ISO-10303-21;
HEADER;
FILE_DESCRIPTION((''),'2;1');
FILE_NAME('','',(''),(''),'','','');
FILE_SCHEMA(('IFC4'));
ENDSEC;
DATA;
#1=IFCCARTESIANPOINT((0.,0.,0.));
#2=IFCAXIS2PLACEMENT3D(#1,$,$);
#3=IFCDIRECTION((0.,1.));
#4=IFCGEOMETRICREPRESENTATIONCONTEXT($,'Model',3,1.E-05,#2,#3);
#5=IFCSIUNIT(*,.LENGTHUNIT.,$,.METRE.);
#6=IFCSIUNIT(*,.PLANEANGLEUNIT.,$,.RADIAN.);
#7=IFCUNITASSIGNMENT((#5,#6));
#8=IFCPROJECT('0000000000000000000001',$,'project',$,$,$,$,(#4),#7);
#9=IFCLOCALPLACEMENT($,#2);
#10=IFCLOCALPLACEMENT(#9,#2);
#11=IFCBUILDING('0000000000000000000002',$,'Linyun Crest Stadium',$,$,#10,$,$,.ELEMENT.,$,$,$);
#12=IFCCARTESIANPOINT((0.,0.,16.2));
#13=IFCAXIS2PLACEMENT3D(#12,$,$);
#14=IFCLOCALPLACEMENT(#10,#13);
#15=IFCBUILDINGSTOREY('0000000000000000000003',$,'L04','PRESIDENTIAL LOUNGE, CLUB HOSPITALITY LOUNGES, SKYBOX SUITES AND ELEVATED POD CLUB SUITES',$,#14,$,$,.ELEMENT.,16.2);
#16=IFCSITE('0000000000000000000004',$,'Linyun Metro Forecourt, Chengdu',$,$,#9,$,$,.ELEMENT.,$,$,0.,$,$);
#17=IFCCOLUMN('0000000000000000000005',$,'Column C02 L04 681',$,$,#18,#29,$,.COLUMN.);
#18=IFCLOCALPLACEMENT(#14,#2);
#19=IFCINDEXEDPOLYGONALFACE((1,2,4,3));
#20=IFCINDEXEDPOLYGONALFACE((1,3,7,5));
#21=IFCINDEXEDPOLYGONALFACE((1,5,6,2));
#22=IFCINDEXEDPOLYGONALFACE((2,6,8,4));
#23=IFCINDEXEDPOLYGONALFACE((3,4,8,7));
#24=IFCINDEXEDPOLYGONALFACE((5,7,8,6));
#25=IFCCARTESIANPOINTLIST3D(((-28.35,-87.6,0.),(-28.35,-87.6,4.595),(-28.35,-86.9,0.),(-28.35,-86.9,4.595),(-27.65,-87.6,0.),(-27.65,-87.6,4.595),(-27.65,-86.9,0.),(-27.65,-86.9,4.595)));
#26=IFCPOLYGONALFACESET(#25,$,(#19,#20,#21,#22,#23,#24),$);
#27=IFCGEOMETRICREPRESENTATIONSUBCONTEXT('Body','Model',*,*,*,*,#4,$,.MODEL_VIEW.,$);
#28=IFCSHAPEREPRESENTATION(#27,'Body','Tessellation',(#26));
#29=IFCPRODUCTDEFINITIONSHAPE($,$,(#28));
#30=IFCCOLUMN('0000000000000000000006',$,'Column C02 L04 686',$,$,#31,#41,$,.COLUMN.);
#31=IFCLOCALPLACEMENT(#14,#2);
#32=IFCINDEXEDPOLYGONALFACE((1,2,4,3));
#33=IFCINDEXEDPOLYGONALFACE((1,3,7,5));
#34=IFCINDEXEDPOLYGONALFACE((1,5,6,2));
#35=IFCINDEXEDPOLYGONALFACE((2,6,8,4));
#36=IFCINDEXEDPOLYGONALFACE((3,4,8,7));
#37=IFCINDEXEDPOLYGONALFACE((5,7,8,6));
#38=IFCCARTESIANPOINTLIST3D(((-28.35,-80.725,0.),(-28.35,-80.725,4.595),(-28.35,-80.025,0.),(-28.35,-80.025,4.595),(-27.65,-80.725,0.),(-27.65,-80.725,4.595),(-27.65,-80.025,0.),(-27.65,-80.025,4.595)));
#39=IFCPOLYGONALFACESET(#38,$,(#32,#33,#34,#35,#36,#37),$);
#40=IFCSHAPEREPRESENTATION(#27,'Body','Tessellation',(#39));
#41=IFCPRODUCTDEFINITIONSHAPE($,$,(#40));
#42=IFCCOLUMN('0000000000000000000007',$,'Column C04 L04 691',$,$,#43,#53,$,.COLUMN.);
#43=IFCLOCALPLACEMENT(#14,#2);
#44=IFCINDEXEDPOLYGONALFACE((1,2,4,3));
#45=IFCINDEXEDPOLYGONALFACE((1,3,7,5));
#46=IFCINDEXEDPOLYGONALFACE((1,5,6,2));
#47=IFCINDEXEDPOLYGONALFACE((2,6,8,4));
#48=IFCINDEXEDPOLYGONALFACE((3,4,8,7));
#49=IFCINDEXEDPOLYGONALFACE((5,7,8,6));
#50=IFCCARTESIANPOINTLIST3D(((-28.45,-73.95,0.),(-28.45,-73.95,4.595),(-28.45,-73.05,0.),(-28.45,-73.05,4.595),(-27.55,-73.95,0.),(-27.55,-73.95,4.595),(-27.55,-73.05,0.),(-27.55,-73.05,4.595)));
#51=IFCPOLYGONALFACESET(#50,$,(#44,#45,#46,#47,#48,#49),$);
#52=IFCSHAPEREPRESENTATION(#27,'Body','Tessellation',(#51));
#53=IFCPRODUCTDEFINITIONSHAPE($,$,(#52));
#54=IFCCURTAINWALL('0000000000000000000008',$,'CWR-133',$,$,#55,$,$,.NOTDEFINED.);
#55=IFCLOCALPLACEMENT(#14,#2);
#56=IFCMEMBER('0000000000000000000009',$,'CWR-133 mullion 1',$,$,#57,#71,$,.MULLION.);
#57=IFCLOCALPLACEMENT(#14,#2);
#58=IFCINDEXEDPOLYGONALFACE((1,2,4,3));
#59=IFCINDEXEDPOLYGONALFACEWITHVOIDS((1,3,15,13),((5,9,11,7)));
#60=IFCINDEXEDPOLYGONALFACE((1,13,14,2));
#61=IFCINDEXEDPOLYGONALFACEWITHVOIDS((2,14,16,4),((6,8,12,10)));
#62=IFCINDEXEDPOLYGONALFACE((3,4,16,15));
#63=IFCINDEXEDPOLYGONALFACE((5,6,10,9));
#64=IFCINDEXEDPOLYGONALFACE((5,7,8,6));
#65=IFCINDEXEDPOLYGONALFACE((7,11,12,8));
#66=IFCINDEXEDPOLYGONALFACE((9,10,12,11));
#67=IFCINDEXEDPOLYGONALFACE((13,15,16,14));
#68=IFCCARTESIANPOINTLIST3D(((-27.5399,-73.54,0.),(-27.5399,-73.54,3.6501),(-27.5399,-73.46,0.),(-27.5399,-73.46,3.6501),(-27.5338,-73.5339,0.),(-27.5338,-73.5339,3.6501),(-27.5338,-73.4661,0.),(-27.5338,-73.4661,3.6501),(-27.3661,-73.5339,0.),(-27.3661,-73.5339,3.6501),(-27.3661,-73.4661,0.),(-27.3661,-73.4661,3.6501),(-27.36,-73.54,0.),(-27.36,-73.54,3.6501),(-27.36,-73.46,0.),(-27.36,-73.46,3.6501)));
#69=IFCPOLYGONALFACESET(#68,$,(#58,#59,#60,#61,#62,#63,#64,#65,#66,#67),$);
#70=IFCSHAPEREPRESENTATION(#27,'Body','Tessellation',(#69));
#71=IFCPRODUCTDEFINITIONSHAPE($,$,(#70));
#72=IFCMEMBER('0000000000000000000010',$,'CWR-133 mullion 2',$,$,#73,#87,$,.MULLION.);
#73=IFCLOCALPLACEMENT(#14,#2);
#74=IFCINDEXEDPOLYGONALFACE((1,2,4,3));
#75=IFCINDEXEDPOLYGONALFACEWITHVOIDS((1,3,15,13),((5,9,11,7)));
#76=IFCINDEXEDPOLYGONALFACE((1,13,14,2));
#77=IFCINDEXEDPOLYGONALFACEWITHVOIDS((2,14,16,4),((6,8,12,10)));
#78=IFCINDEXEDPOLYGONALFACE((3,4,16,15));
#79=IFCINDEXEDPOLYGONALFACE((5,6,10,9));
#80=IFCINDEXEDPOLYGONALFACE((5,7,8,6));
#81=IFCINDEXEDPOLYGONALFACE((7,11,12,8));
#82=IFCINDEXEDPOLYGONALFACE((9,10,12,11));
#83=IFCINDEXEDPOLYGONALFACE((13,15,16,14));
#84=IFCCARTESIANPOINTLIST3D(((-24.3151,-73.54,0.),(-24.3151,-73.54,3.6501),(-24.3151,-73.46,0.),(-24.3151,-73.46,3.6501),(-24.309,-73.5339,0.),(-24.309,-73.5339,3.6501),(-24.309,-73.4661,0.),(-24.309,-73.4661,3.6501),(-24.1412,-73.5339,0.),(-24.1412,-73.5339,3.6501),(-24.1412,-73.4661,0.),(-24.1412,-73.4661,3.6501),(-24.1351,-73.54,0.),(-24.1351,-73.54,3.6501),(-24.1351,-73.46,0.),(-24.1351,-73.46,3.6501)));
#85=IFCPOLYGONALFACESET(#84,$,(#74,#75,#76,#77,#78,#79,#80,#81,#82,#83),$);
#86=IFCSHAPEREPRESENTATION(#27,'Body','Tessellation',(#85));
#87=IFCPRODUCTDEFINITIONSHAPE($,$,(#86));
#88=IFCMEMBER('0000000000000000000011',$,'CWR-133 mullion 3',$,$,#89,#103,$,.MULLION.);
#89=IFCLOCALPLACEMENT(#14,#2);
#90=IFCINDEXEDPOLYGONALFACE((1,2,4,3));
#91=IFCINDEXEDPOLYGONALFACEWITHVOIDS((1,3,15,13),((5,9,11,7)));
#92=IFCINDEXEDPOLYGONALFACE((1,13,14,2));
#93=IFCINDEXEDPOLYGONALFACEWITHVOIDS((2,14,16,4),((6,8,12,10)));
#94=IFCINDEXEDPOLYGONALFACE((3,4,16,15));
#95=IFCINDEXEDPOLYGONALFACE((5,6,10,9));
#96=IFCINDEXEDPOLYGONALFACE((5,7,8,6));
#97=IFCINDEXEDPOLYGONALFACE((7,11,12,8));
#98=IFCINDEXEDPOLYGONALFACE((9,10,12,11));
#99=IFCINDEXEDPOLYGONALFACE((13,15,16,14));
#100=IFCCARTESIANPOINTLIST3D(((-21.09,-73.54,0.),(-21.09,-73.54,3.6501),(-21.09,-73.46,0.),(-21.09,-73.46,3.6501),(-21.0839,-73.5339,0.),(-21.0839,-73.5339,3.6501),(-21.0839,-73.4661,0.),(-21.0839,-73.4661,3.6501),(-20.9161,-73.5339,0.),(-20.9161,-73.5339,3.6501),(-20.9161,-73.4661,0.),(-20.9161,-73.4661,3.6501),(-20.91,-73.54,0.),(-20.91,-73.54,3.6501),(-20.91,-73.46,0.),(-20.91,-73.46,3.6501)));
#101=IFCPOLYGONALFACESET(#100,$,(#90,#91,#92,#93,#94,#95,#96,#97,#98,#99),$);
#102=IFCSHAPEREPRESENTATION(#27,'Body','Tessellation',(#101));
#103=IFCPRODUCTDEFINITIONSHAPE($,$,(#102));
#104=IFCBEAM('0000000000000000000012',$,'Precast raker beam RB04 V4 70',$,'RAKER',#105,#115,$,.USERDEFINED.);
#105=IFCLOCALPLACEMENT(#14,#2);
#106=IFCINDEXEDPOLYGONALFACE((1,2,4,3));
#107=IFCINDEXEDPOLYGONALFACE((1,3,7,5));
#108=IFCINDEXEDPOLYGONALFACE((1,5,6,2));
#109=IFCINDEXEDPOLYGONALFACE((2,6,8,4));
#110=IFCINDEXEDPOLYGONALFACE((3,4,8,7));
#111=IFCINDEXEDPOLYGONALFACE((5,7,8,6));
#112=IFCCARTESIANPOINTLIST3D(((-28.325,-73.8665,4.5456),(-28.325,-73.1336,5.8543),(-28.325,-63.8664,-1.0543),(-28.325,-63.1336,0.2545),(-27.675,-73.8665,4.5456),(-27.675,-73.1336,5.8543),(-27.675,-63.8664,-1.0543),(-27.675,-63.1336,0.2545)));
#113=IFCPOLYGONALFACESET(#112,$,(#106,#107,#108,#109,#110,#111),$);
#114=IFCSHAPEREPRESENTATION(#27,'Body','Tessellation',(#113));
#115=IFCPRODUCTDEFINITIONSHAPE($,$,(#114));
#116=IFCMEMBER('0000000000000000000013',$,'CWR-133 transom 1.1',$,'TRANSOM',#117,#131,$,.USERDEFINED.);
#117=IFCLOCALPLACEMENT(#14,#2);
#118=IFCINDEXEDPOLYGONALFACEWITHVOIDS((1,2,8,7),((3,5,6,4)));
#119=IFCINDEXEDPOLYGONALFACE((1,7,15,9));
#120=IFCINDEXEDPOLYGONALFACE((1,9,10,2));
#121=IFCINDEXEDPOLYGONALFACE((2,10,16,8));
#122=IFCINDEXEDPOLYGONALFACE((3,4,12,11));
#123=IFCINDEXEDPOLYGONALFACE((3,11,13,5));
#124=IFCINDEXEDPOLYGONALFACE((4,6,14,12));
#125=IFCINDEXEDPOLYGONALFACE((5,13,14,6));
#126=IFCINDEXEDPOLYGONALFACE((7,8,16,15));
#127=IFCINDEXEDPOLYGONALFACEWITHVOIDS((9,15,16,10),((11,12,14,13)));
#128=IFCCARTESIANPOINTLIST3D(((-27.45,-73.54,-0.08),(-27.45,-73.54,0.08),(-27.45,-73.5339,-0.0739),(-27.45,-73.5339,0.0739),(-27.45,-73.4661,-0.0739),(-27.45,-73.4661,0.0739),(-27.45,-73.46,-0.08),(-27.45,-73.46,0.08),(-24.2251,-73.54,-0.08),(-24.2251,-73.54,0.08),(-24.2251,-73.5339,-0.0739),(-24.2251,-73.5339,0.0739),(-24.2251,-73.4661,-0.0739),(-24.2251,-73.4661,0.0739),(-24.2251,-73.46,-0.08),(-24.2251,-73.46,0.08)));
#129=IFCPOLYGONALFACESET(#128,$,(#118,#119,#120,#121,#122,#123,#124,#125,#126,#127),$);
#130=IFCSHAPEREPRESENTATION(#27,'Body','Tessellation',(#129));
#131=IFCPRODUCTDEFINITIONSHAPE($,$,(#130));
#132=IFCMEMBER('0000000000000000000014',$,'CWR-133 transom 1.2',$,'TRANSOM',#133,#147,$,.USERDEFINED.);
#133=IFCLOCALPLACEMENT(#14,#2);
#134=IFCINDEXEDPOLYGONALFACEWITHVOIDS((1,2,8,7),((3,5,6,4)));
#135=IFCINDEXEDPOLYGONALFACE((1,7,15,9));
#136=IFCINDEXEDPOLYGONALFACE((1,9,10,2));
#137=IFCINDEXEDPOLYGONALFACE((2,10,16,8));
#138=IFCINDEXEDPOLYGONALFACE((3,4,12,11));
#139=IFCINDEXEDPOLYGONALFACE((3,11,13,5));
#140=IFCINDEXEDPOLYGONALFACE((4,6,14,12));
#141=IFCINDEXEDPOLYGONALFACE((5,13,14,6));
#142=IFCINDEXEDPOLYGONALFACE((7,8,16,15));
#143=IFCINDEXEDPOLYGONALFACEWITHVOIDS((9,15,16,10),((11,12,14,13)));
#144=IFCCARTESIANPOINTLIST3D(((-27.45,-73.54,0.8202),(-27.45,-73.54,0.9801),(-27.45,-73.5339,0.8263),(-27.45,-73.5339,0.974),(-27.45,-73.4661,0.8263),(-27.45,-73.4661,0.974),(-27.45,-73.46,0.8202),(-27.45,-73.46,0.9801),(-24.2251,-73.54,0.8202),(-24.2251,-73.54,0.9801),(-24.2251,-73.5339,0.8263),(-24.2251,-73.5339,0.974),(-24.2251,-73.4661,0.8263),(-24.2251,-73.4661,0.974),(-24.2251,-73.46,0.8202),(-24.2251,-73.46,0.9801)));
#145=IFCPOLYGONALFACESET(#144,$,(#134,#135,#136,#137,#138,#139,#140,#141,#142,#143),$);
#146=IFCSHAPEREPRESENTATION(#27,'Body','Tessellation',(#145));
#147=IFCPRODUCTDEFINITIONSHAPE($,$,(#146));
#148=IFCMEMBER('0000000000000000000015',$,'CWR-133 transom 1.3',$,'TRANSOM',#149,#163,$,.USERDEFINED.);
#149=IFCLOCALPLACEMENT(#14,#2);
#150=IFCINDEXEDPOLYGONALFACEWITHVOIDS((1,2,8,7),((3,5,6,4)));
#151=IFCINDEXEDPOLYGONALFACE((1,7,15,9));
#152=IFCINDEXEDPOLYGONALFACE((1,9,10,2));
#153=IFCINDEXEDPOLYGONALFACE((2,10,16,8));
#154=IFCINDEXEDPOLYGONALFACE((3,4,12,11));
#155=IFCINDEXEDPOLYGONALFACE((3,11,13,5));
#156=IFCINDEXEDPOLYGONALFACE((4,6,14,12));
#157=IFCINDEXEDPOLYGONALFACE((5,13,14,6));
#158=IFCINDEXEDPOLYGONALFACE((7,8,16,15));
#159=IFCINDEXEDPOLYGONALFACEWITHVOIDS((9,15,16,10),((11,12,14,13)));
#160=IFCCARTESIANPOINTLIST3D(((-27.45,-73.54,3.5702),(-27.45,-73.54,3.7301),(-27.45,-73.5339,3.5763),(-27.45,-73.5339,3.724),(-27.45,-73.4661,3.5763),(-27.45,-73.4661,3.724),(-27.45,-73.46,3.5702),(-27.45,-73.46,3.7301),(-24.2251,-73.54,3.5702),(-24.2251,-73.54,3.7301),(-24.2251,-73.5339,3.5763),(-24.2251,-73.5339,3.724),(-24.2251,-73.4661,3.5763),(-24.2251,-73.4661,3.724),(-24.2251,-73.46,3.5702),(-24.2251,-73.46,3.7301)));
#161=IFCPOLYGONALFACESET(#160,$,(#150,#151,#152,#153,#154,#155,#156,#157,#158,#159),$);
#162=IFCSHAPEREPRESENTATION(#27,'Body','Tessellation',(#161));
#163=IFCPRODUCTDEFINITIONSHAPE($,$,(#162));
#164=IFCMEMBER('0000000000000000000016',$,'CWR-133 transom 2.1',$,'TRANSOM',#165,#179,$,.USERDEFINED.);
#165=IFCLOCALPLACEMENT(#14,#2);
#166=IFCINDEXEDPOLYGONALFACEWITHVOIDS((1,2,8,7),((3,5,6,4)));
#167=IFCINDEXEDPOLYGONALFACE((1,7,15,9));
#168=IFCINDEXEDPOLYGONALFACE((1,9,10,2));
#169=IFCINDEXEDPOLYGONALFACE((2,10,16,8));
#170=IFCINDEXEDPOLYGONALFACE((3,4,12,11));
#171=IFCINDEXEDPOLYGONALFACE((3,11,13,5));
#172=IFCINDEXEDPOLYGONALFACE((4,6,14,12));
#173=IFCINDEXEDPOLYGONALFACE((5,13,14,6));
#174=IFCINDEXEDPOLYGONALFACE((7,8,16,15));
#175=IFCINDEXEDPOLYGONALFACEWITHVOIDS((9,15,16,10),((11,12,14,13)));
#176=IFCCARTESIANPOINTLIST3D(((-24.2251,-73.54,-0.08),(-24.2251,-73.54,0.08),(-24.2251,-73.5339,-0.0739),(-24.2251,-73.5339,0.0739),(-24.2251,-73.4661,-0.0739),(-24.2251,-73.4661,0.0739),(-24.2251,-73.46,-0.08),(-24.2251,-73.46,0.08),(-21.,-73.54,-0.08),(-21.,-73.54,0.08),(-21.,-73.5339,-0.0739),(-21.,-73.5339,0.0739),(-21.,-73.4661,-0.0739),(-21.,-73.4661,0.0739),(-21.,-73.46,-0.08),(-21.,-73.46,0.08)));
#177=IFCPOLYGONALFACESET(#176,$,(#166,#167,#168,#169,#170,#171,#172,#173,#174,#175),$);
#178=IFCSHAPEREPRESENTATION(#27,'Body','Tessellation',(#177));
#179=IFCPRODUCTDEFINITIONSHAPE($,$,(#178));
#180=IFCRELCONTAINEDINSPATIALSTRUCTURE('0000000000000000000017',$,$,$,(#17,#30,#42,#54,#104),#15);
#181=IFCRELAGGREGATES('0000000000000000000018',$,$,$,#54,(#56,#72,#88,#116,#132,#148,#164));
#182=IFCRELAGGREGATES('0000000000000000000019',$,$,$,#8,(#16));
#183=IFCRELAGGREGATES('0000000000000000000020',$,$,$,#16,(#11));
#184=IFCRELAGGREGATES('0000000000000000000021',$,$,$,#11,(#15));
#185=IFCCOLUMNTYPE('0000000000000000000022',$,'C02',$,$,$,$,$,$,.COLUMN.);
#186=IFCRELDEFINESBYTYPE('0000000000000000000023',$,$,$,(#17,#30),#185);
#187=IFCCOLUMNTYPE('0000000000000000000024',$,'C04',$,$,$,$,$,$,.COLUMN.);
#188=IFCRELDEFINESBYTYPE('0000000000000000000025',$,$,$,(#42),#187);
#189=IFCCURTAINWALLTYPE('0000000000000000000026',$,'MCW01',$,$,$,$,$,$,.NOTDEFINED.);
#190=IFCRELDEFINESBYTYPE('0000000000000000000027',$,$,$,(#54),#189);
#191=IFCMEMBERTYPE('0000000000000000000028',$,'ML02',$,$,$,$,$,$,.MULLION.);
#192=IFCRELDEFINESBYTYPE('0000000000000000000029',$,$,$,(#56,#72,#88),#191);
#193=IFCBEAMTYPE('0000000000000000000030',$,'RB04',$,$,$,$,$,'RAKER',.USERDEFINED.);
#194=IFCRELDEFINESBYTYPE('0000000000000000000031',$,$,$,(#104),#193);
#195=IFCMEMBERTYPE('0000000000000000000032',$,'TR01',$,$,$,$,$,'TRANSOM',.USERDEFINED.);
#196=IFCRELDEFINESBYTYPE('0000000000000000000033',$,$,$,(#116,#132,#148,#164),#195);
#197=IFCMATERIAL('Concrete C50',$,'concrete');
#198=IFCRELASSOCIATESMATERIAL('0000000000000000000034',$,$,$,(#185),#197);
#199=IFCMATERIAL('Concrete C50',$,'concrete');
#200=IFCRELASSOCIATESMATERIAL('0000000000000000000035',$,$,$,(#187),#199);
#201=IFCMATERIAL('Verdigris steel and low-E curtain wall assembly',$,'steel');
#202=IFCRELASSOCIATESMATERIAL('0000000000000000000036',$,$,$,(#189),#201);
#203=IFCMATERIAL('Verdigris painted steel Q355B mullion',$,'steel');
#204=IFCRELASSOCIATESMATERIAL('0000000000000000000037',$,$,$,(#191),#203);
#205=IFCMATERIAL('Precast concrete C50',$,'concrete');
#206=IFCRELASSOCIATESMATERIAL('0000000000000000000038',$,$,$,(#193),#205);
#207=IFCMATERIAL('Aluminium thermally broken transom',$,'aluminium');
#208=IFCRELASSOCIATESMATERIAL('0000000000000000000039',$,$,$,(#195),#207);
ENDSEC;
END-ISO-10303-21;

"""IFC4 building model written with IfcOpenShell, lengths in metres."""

from ifc_helpers import new_model, si_unit, direction, frame, origin, origin_2d, place, context, subcontext, project, spatial, rectangle, hollow_rectangle, extrude, material, material_profile, profile_set, type_object, element, aggregate, save


model = new_model("IFC4")

# Units and contexts
model_context = context("Model", 3, precision=1e-05, world=origin(), true_north=direction((0.0, 1.0)))
body_context = subcontext(model_context, "Body", "Model", "MODEL_VIEW")
ifc_project = project(units=[si_unit("LENGTHUNIT", "METRE"), si_unit("PLANEANGLEUNIT", "RADIAN")], contexts=[model_context])

# Site, building, storey
site_placement = place(None, origin())
site = spatial("IfcSite", under=ifc_project, at=site_placement, Name="Linyun Metro Forecourt, Chengdu", CompositionType="ELEMENT", RefElevation=0.0)
building_placement = place(site_placement, origin())
building = spatial("IfcBuilding", under=site, at=building_placement, Name="Linyun Crest Stadium", CompositionType="ELEMENT")
storey_placement = place(building_placement, frame((0.0, 0.0, 16.2)))
storey = spatial("IfcBuildingStorey", under=building, at=storey_placement, Name="L04", Description="PRESIDENTIAL LOUNGE, CLUB HOSPITALITY LOUNGES, SKYBOX SUITES AND ELEVATED POD CLUB SUITES", CompositionType="ELEMENT", Elevation=16.2)

# Columns
ifc_material_1 = material(Name="Concrete C50", Category="concrete")
ifc_material_profile_1 = material_profile(ifc_material_1, rectangle(XDim=0.7, YDim=0.7, at=origin_2d()), Name="RC 700x700")
ifc_profile_set_1 = profile_set([ifc_material_profile_1], Name="Concrete C50")
column_type_1 = type_object("IfcColumnType", Name="C02", PredefinedType="COLUMN", material=ifc_profile_set_1)
for number, where, z_axis, x_axis, name in (
    (1, (-28.0, -87.25, 0.0), (0.0, 0.0, 1.0), (1.0, 0.0, 0.0), "Column C02 L04 681"),
    (2, (-28.0, -80.375, 0.0), (0.0, 0.0, 1.0), (1.0, 0.0, 0.0), "Column C02 L04 686"),
):
    element("IfcColumn", number, at=place(storey_placement, frame(where, z_axis=z_axis, x_axis=x_axis)), inside=storey, type_object=column_type_1, Name=name, PredefinedType="COLUMN", context=body_context, shape_type="SweptSolid", body=[
        extrude(rectangle(XDim=0.7, YDim=0.7, at=origin_2d()), origin(), (0.0, 0.0, 1.0), 4.595),
    ])
ifc_material_2 = material(Name="Concrete C50", Category="concrete")
ifc_material_profile_2 = material_profile(ifc_material_2, rectangle(XDim=0.8999, YDim=0.8999, at=origin_2d()), Name="RC 900x900")
ifc_profile_set_2 = profile_set([ifc_material_profile_2], Name="Concrete C50")
column_type_2 = type_object("IfcColumnType", Name="C04", PredefinedType="COLUMN", material=ifc_profile_set_2)
column_placement = place(storey_placement, frame((-28.0, -73.5, 0.0), z_axis=(0.0, 0.0, 1.0), x_axis=(1.0, 0.0, 0.0)))
element("IfcColumn", 3, at=column_placement, inside=storey, type_object=column_type_2, Name="Column C04 L04 691", PredefinedType="COLUMN", context=body_context, shape_type="SweptSolid", body=[
    extrude(rectangle(XDim=0.8999, YDim=0.8999, at=origin_2d()), origin(), (0.0, 0.0, 1.0), 4.595),
])

# Curtain wall, members
ifc_material_3 = material(Name="Verdigris steel and low-E curtain wall assembly", Category="steel")
curtain_wall_type = type_object("IfcCurtainWallType", Name="MCW01", PredefinedType="NOTDEFINED", material=ifc_material_3)
curtain_wall_placement = place(storey_placement, origin())
curtain_wall = element("IfcCurtainWall", 4, at=curtain_wall_placement, inside=storey, type_object=curtain_wall_type, Name="CWR-133", PredefinedType="NOTDEFINED")
ifc_material_4 = material(Name="Verdigris painted steel Q355B mullion", Category="steel")
ifc_material_profile_3 = material_profile(ifc_material_4, hollow_rectangle(XDim=0.0801, YDim=0.1799, WallThickness=0.0061, at=origin_2d()), Name="RHS 180x80x6")
ifc_profile_set_3 = profile_set([ifc_material_profile_3], Name="Verdigris painted steel Q355B mullion")
member_type_1 = type_object("IfcMemberType", Name="ML02", PredefinedType="MULLION", material=ifc_profile_set_3)
member_1_placement = place(storey_placement, frame((-27.45, -73.5, 0.0), z_axis=(0.0, 0.0, 1.0), x_axis=(0.0, 1.0, 0.0)))
member_1 = element("IfcMember", 5, at=member_1_placement, type_object=member_type_1, Name="CWR-133 mullion 1", PredefinedType="MULLION", context=body_context, shape_type="SweptSolid", body=[
    extrude(hollow_rectangle(XDim=0.0801, YDim=0.1799, WallThickness=0.0061, at=origin_2d()), origin(), (0.0, 0.0, 1.0), 3.6501),
])
member_2_placement = place(storey_placement, frame((-24.2251, -73.5, 0.0), z_axis=(0.0, 0.0, 1.0), x_axis=(0.0, 1.0, 0.0)))
member_2 = element("IfcMember", 6, at=member_2_placement, type_object=member_type_1, Name="CWR-133 mullion 2", PredefinedType="MULLION", context=body_context, shape_type="SweptSolid", body=[
    extrude(hollow_rectangle(XDim=0.0801, YDim=0.1799, WallThickness=0.0061, at=origin_2d()), origin(), (0.0, 0.0, 1.0), 3.6501),
])
member_3_placement = place(storey_placement, frame((-21.0, -73.5, 0.0), z_axis=(0.0, 0.0, 1.0), x_axis=(0.0, 1.0, 0.0)))
member_3 = element("IfcMember", 7, at=member_3_placement, type_object=member_type_1, Name="CWR-133 mullion 3", PredefinedType="MULLION", context=body_context, shape_type="SweptSolid", body=[
    extrude(hollow_rectangle(XDim=0.0801, YDim=0.1799, WallThickness=0.0061, at=origin_2d()), origin(), (0.0, 0.0, 1.0), 3.6501),
])

# Beam
ifc_material_5 = material(Name="Precast concrete C50", Category="concrete")
ifc_material_profile_4 = material_profile(ifc_material_5, rectangle(XDim=0.6499, YDim=1.5, at=origin_2d()), Name="PCR 1500x650")
ifc_profile_set_4 = profile_set([ifc_material_profile_4], Name="Precast concrete C50")
beam_type = type_object("IfcBeamType", Name="RB04", ElementType="RAKER", PredefinedType="USERDEFINED", material=ifc_profile_set_4)
beam_placement = place(storey_placement, frame((-28.0, -63.5, -0.3999), z_axis=(0.0, -0.872511, 0.488594), x_axis=(1.0, 0.0, 0.0)))
element("IfcBeam", 8, at=beam_placement, inside=storey, type_object=beam_type, Name="Precast raker beam RB04 V4 70", ObjectType="RAKER", PredefinedType="USERDEFINED", context=body_context, shape_type="SweptSolid", body=[
    extrude(rectangle(XDim=0.6499, YDim=1.5, at=origin_2d()), origin(), (0.0, 0.0, 1.0), 11.4612),
])

# Members
ifc_material_6 = material(Name="Aluminium thermally broken transom", Category="aluminium")
ifc_material_profile_5 = material_profile(ifc_material_6, hollow_rectangle(XDim=0.0801, YDim=0.1599, WallThickness=0.0061, at=origin_2d()), Name="RHS 160x80x6")
ifc_profile_set_5 = profile_set([ifc_material_profile_5], Name="Aluminium thermally broken transom")
member_type_2 = type_object("IfcMemberType", Name="TR01", ElementType="TRANSOM", PredefinedType="USERDEFINED", material=ifc_profile_set_5)
member_4_placement = place(storey_placement, frame((-27.45, -73.5, 0.0), z_axis=(1.0, 0.0, 0.0), x_axis=(0.0, 1.0, 0.0)))
member_4 = element("IfcMember", 9, at=member_4_placement, type_object=member_type_2, Name="CWR-133 transom 1.1", ObjectType="TRANSOM", PredefinedType="USERDEFINED", context=body_context, shape_type="SweptSolid", body=[
    extrude(hollow_rectangle(XDim=0.0801, YDim=0.1599, WallThickness=0.0061, at=origin_2d()), origin(), (0.0, 0.0, 1.0), 3.2249),
])
member_5_placement = place(storey_placement, frame((-27.45, -73.5, 0.9001), z_axis=(1.0, 0.0, 0.0), x_axis=(0.0, 1.0, 0.0)))
member_5 = element("IfcMember", 10, at=member_5_placement, type_object=member_type_2, Name="CWR-133 transom 1.2", ObjectType="TRANSOM", PredefinedType="USERDEFINED", context=body_context, shape_type="SweptSolid", body=[
    extrude(hollow_rectangle(XDim=0.0801, YDim=0.1599, WallThickness=0.0061, at=origin_2d()), origin(), (0.0, 0.0, 1.0), 3.2249),
])
member_6_placement = place(storey_placement, frame((-27.45, -73.5, 3.6501), z_axis=(1.0, 0.0, 0.0), x_axis=(0.0, 1.0, 0.0)))
member_6 = element("IfcMember", 11, at=member_6_placement, type_object=member_type_2, Name="CWR-133 transom 1.3", ObjectType="TRANSOM", PredefinedType="USERDEFINED", context=body_context, shape_type="SweptSolid", body=[
    extrude(hollow_rectangle(XDim=0.0801, YDim=0.1599, WallThickness=0.0061, at=origin_2d()), origin(), (0.0, 0.0, 1.0), 3.2249),
])
member_7_placement = place(storey_placement, frame((-24.2251, -73.5, 0.0), z_axis=(1.0, 0.0, 0.0), x_axis=(0.0, 1.0, 0.0)))
member_7 = element("IfcMember", 12, at=member_7_placement, type_object=member_type_2, Name="CWR-133 transom 2.1", ObjectType="TRANSOM", PredefinedType="USERDEFINED", context=body_context, shape_type="SweptSolid", body=[
    extrude(hollow_rectangle(XDim=0.0801, YDim=0.1599, WallThickness=0.0061, at=origin_2d()), origin(), (0.0, 0.0, 1.0), 3.2251),
])

aggregate(curtain_wall, [member_1, member_2, member_3, member_4, member_5, member_6, member_7])

save(model, "model.ifc")
